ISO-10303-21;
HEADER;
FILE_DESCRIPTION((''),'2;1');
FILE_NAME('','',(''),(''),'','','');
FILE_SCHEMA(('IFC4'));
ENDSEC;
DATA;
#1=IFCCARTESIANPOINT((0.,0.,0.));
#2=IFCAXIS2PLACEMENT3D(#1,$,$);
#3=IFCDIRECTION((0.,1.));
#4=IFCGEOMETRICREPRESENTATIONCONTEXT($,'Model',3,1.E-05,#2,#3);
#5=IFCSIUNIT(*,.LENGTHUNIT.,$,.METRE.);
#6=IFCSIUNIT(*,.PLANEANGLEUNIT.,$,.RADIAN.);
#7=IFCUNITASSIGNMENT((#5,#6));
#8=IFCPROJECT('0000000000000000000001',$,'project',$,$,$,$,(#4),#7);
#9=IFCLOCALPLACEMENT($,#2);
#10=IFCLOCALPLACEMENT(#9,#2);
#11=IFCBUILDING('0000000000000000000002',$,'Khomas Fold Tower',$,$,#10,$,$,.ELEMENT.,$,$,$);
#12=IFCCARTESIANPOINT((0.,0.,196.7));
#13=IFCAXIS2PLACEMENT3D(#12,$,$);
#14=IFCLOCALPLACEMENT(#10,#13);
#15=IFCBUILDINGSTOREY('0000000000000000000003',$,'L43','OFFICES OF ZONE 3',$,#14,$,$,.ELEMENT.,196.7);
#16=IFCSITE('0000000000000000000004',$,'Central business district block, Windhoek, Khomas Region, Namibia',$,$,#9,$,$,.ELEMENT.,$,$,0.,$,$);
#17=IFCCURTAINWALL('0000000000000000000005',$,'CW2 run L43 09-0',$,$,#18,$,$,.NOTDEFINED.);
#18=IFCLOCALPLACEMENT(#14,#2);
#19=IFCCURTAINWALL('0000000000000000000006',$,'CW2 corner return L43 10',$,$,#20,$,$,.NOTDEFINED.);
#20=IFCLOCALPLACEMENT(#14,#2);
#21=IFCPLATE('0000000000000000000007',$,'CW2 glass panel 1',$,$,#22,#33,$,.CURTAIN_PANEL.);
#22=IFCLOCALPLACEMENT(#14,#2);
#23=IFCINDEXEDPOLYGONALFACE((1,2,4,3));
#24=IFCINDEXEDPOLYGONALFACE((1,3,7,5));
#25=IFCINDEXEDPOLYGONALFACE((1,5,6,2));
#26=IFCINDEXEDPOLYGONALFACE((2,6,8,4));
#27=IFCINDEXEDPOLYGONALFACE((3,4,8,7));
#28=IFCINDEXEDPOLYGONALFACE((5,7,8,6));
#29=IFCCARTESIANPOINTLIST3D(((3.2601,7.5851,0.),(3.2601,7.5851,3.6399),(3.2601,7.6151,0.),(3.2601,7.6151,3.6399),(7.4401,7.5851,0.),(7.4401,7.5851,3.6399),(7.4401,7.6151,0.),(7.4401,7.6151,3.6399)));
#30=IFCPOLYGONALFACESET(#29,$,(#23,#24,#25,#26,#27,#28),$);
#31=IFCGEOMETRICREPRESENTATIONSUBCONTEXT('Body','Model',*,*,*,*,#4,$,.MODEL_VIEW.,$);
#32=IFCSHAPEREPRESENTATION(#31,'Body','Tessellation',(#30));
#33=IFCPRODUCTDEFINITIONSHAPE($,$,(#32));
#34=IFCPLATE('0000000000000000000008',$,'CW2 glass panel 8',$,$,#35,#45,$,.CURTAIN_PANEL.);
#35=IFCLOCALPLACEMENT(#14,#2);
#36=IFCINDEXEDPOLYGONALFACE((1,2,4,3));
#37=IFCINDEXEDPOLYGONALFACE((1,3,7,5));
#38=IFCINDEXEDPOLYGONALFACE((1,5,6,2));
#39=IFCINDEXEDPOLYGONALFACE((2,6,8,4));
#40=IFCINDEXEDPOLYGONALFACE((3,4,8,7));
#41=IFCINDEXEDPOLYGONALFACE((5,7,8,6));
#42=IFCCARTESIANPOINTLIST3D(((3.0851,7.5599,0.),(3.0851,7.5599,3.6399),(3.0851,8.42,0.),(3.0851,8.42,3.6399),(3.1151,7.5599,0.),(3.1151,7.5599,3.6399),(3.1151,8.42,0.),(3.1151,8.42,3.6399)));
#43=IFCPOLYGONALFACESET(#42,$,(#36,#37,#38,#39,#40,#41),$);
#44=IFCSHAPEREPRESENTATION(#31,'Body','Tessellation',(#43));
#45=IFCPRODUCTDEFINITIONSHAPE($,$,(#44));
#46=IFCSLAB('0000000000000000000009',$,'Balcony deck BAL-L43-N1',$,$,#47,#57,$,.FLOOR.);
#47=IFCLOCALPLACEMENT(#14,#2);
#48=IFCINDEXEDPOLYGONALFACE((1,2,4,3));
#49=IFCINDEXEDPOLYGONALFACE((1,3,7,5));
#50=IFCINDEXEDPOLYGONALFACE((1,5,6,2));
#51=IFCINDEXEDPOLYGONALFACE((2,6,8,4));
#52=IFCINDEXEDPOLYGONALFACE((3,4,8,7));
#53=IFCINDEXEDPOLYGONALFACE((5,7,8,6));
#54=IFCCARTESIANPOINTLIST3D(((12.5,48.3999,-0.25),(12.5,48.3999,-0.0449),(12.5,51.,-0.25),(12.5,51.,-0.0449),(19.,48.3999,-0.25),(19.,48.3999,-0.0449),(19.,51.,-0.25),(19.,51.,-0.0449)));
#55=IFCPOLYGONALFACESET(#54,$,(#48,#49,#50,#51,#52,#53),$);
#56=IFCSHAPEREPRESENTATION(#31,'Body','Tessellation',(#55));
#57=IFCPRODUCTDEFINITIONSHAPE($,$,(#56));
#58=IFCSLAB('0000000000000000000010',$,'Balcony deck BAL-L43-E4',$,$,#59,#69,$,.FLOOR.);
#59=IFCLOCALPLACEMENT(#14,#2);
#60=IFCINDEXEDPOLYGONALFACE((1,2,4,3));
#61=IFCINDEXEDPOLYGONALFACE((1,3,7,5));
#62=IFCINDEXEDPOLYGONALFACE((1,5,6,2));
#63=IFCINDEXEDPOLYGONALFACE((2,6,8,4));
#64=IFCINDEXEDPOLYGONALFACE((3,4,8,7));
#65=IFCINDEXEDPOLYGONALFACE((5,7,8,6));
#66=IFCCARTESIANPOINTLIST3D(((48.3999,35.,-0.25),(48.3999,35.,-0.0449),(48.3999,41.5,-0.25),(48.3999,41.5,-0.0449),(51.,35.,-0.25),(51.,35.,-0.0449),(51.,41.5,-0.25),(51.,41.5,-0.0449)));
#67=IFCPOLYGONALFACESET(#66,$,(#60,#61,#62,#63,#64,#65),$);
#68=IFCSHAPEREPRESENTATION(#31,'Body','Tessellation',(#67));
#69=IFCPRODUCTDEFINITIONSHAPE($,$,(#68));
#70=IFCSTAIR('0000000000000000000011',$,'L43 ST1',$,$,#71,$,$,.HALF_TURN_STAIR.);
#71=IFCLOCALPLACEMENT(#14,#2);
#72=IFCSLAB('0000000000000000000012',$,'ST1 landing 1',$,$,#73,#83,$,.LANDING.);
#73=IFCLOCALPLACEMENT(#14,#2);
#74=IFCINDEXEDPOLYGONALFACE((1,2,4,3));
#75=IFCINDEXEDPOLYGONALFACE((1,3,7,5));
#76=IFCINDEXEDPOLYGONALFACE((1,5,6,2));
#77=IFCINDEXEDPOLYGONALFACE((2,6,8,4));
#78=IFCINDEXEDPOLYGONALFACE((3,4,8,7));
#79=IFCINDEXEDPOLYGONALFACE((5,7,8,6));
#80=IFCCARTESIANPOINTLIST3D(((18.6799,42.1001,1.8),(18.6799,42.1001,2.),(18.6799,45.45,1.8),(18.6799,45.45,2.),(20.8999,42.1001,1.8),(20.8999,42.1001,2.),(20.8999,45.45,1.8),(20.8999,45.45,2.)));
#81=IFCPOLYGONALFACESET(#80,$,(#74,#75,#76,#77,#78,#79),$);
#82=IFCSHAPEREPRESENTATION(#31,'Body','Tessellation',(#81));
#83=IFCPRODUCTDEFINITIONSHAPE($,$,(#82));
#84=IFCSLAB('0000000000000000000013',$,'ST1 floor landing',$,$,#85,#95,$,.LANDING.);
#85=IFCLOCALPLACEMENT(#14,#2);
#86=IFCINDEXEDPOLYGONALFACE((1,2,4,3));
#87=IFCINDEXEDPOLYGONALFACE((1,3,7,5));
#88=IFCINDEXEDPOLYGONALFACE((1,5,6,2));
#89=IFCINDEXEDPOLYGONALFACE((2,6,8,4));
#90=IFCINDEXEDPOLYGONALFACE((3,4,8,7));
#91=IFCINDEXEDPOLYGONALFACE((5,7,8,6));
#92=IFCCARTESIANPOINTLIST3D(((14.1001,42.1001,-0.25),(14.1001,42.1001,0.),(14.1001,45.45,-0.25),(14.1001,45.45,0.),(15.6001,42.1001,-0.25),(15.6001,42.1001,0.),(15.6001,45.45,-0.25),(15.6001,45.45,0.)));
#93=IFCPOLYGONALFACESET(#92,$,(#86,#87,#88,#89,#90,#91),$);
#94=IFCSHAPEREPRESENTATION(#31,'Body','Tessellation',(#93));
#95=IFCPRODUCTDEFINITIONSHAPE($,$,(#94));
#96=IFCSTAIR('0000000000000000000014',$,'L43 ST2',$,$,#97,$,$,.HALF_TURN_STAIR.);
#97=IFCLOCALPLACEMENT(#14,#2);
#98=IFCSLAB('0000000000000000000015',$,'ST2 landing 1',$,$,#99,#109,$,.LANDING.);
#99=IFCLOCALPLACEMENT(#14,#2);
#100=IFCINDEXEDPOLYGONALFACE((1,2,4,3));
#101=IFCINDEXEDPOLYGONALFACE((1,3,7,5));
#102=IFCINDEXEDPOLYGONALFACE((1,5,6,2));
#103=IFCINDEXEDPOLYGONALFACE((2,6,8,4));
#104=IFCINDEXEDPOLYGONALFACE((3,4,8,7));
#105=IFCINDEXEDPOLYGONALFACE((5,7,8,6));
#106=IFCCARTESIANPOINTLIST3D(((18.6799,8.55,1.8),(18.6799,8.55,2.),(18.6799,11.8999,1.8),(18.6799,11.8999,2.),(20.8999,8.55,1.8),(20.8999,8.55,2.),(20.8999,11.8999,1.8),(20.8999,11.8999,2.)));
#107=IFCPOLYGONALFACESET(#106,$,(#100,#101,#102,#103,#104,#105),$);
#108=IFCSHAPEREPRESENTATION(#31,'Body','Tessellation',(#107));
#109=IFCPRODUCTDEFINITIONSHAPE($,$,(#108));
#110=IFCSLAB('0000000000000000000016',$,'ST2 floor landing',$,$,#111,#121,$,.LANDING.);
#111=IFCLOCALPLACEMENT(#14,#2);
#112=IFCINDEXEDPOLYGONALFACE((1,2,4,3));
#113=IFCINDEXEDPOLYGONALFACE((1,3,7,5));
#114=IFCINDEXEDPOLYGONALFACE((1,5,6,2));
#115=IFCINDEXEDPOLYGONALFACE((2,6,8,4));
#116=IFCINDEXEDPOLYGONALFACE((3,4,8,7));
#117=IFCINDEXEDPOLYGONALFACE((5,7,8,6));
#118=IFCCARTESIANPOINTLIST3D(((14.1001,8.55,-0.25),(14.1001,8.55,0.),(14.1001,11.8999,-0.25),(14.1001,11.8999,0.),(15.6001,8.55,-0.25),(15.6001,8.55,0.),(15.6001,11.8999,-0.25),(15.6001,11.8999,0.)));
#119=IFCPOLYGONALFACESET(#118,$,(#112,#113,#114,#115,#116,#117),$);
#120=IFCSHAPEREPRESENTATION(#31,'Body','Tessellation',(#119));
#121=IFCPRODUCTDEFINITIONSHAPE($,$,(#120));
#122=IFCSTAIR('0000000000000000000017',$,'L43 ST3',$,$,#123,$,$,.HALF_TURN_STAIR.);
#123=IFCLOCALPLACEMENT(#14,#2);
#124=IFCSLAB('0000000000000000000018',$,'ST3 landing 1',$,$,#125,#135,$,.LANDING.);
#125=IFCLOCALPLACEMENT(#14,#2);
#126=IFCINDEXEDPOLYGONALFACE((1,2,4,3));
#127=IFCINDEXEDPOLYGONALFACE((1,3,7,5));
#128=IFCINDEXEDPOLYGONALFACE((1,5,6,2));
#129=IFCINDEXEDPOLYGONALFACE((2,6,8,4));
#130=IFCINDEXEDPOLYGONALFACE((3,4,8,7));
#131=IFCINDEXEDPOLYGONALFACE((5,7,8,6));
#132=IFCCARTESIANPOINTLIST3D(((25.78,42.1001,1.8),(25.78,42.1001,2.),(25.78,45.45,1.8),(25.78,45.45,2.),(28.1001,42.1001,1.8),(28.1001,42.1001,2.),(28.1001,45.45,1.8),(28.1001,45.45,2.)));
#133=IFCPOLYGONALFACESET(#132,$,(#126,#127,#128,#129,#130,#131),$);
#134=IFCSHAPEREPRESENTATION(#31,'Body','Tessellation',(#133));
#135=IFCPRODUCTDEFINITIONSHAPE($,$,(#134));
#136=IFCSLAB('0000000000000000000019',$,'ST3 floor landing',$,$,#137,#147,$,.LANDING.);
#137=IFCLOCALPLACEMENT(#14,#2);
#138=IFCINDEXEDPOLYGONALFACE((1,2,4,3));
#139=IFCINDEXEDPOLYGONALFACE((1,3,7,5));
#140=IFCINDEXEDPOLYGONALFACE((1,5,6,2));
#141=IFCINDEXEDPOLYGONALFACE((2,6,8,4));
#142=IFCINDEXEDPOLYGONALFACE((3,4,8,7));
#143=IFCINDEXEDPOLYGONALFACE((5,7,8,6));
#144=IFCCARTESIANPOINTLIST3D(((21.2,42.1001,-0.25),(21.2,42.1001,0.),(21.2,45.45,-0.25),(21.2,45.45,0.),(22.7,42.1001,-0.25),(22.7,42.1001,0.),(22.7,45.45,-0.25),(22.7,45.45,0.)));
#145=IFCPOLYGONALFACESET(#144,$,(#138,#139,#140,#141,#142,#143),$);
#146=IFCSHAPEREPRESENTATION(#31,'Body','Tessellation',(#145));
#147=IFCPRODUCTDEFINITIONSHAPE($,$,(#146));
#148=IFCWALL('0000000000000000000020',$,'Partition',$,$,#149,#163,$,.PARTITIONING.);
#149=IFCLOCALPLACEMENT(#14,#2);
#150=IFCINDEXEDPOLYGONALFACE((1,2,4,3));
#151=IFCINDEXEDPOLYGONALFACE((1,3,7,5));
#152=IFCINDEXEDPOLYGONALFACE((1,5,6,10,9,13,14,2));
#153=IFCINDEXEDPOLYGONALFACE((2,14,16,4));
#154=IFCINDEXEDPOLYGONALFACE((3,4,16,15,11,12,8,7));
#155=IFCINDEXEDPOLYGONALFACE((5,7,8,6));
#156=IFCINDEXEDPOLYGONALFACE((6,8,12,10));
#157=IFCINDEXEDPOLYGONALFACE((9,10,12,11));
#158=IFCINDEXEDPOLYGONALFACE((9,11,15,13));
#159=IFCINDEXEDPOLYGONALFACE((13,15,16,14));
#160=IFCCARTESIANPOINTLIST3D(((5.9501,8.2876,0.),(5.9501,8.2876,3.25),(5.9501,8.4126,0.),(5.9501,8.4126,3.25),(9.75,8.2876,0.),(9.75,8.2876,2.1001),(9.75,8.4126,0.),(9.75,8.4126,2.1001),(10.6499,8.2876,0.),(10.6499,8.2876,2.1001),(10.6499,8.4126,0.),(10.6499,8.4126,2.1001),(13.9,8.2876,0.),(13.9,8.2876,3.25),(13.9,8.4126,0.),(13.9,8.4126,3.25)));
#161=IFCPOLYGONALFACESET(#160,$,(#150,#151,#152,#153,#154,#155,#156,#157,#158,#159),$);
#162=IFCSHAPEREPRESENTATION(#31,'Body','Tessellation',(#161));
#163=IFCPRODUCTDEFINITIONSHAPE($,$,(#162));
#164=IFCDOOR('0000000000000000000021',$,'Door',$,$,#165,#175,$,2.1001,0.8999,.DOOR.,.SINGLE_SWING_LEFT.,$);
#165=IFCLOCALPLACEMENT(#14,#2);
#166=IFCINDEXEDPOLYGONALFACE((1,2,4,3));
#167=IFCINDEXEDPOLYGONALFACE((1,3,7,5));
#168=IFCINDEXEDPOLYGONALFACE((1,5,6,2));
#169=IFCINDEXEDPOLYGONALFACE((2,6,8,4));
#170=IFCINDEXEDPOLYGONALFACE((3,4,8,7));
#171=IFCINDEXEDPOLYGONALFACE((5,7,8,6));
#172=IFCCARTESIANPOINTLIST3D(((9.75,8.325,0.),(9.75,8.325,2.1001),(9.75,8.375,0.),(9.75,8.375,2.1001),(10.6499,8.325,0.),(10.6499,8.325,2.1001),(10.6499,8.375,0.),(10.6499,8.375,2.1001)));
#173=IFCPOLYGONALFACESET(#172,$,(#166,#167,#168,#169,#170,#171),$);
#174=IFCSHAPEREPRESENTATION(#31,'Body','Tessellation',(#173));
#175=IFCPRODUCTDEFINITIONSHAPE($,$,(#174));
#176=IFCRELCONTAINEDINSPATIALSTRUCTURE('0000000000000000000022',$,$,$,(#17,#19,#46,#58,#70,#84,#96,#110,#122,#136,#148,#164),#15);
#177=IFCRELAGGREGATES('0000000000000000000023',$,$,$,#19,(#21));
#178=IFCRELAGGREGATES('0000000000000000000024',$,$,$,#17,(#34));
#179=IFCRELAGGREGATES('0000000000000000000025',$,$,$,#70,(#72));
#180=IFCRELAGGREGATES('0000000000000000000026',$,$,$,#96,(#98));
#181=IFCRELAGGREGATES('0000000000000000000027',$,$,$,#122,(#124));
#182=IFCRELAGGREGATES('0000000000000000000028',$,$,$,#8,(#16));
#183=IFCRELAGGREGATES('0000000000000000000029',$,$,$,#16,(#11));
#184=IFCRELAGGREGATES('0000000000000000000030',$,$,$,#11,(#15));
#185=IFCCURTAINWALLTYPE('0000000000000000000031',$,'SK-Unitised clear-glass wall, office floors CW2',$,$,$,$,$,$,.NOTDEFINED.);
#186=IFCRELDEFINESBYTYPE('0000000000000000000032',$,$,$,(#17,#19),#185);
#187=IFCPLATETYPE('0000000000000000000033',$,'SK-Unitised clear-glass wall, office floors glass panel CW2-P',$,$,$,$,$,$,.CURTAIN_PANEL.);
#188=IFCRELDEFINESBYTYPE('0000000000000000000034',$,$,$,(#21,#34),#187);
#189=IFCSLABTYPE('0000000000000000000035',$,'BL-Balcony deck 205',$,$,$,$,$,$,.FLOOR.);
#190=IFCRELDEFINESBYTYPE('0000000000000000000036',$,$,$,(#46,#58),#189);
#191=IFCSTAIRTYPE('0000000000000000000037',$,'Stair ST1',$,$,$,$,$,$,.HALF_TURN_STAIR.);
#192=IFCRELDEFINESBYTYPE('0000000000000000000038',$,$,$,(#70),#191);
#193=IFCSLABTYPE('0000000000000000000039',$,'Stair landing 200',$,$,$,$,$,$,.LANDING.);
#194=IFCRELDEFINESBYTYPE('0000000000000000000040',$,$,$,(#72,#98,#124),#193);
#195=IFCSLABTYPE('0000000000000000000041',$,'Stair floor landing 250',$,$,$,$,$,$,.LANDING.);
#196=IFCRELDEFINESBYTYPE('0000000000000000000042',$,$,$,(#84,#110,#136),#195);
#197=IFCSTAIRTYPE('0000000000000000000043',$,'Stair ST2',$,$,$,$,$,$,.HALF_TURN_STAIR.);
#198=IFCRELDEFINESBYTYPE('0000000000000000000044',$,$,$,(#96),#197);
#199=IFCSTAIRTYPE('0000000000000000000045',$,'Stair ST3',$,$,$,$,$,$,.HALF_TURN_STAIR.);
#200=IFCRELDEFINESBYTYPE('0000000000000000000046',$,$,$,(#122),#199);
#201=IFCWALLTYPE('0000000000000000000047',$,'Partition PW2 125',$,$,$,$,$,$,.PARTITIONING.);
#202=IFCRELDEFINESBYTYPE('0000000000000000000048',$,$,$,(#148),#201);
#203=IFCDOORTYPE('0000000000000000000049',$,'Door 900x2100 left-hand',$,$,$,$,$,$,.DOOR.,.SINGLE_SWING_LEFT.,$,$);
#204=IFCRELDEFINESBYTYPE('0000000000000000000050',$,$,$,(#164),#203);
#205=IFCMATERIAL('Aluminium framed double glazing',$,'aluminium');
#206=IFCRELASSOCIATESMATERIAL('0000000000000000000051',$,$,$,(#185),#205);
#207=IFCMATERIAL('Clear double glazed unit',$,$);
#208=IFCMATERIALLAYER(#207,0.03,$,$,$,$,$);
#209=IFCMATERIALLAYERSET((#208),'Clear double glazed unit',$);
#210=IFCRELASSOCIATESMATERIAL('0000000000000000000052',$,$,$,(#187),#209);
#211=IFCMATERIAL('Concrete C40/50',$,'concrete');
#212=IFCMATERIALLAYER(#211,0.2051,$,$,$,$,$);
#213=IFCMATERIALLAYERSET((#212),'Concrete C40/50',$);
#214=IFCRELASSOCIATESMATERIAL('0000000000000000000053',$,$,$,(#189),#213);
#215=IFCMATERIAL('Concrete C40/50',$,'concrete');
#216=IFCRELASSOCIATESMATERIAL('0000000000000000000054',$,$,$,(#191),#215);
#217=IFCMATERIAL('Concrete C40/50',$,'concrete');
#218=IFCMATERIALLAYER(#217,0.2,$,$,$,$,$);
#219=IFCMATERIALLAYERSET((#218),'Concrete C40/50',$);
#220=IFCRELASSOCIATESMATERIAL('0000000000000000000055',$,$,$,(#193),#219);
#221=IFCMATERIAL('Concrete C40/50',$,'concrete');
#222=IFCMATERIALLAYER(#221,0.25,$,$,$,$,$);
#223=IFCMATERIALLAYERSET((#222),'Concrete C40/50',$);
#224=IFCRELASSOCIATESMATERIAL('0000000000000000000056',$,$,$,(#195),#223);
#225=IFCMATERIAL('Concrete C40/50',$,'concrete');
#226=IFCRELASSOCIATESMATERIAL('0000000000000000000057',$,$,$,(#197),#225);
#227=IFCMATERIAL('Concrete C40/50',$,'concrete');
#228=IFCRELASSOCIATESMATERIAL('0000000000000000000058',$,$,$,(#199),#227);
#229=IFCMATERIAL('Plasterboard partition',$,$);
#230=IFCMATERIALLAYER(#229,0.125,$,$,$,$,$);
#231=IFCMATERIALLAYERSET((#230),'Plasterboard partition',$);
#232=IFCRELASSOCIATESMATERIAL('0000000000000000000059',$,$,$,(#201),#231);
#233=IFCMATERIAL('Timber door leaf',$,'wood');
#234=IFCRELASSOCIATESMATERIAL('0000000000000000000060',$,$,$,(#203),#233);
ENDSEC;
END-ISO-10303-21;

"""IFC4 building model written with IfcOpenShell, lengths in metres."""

from ifc_helpers import new_model, si_unit, direction, frame, frame_2d, origin, origin_2d, place, context, subcontext, project, spatial, polyline, rectangle, outline, extrude, source, transform, mapped, material, layer, layer_set, type_object, element, fill, aggregate, save


model = new_model("IFC4")

# Units and contexts
model_context = context("Model", 3, precision=1e-05, world=origin(), true_north=direction((0.0, 1.0)))
body_context = subcontext(model_context, "Body", "Model", "MODEL_VIEW")
ifc_project = project(units=[si_unit("LENGTHUNIT", "METRE"), si_unit("PLANEANGLEUNIT", "RADIAN")], contexts=[model_context])

# Site, building, storey
site_placement = place(None, origin())
site = spatial("IfcSite", under=ifc_project, at=site_placement, Name="Central business district block, Windhoek, Khomas Region, Namibia", CompositionType="ELEMENT", RefElevation=0.0)
building_placement = place(site_placement, origin())
building = spatial("IfcBuilding", under=site, at=building_placement, Name="Khomas Fold Tower", CompositionType="ELEMENT")
storey_placement = place(building_placement, frame((0.0, 0.0, 196.7)))
storey = spatial("IfcBuildingStorey", under=building, at=storey_placement, Name="L43", Description="OFFICES OF ZONE 3", CompositionType="ELEMENT", Elevation=196.7)

# Curtain walls
ifc_material_1 = material(Name="Aluminium framed double glazing", Category="aluminium")
curtain_wall_type = type_object("IfcCurtainWallType", Name="SK-Unitised clear-glass wall, office floors CW2", PredefinedType="NOTDEFINED", material=ifc_material_1)
curtain_wall_1_placement = place(storey_placement, origin())
curtain_wall_1 = element("IfcCurtainWall", 1, at=curtain_wall_1_placement, inside=storey, type_object=curtain_wall_type, Name="CW2 run L43 09-0", PredefinedType="NOTDEFINED")
curtain_wall_2_placement = place(storey_placement, origin())
curtain_wall_2 = element("IfcCurtainWall", 2, at=curtain_wall_2_placement, inside=storey, type_object=curtain_wall_type, Name="CW2 corner return L43 10", PredefinedType="NOTDEFINED")

# Plates
ifc_material_2 = material(Name="Clear double glazed unit")
ifc_layer_1 = layer(ifc_material_2, 0.03)
ifc_layer_set_1 = layer_set([ifc_layer_1], Name="Clear double glazed unit")
plate_type = type_object("IfcPlateType", Name="SK-Unitised clear-glass wall, office floors glass panel CW2-P", PredefinedType="CURTAIN_PANEL", material=ifc_layer_set_1)
shared_shape_1 = source(origin(), body_context, "Body", "SweptSolid", [
    extrude(rectangle(XDim=4.1799, YDim=0.03, at=origin_2d()), origin(), (0.0, 0.0, 1.0), 3.6399),
])
plate_1_placement = place(storey_placement, frame((5.3501, 7.6001, 0.0), z_axis=(0.0, 0.0, 1.0), x_axis=(1.0, 0.0, 0.0)))
plate_1 = element("IfcPlate", 3, at=plate_1_placement, type_object=plate_type, Name="CW2 glass panel 1", PredefinedType="CURTAIN_PANEL", context=body_context, shape_type="MappedRepresentation", body=[
    mapped(shared_shape_1, transform((0.0, 0.0, 0.0))),
])
aggregate(curtain_wall_2, [plate_1])
shared_shape_2 = source(origin(), body_context, "Body", "SweptSolid", [
    extrude(rectangle(XDim=0.8601, YDim=0.03, at=origin_2d()), origin(), (0.0, 0.0, 1.0), 3.6399),
])
plate_2_placement = place(storey_placement, frame((3.1001, 7.99, 0.0), z_axis=(0.0, 0.0, 1.0), x_axis=(0.0, -1.0, 0.0)))
plate_2 = element("IfcPlate", 4, at=plate_2_placement, type_object=plate_type, Name="CW2 glass panel 8", PredefinedType="CURTAIN_PANEL", context=body_context, shape_type="MappedRepresentation", body=[
    mapped(shared_shape_2, transform((0.0, 0.0, 0.0))),
])
aggregate(curtain_wall_1, [plate_2])

# Slabs
ifc_material_3 = material(Name="Concrete C40/50", Category="concrete")
ifc_layer_2 = layer(ifc_material_3, 0.2051)
ifc_layer_set_2 = layer_set([ifc_layer_2], Name="Concrete C40/50")
slab_type_1 = type_object("IfcSlabType", Name="BL-Balcony deck 205", PredefinedType="FLOOR", material=ifc_layer_set_2)
shared_shape_3 = source(origin(), body_context, "Body", "SweptSolid", [
    extrude(outline(polyline([(12.5, 48.3999), (19.0, 48.3999), (19.0, 51.0), (12.5, 51.0), (12.5, 48.3999)])), origin(), (0.0, 0.0, 1.0), 0.2051),
])
slab_1_placement = place(storey_placement, frame((0.0, 0.0, -0.25)))
element("IfcSlab", 5, at=slab_1_placement, inside=storey, type_object=slab_type_1, Name="Balcony deck BAL-L43-N1", PredefinedType="FLOOR", context=body_context, shape_type="MappedRepresentation", body=[
    mapped(shared_shape_3, transform((0.0, 0.0, 0.0))),
])
shared_shape_4 = source(origin(), body_context, "Body", "SweptSolid", [
    extrude(outline(polyline([(48.3999, 35.0), (51.0, 35.0), (51.0, 41.5), (48.3999, 41.5), (48.3999, 35.0)])), origin(), (0.0, 0.0, 1.0), 0.2051),
])
slab_2_placement = place(storey_placement, frame((0.0, 0.0, -0.25)))
element("IfcSlab", 6, at=slab_2_placement, inside=storey, type_object=slab_type_1, Name="Balcony deck BAL-L43-E4", PredefinedType="FLOOR", context=body_context, shape_type="MappedRepresentation", body=[
    mapped(shared_shape_4, transform((0.0, 0.0, 0.0))),
])

# Stair, slab
ifc_material_4 = material(Name="Concrete C40/50", Category="concrete")
stair_type_1 = type_object("IfcStairType", Name="Stair ST1", PredefinedType="HALF_TURN_STAIR", material=ifc_material_4)
stair_1_placement = place(storey_placement, origin())
stair_1 = element("IfcStair", 7, at=stair_1_placement, inside=storey, type_object=stair_type_1, Name="L43 ST1", PredefinedType="HALF_TURN_STAIR")
ifc_material_5 = material(Name="Concrete C40/50", Category="concrete")
ifc_layer_3 = layer(ifc_material_5, 0.2)
ifc_layer_set_3 = layer_set([ifc_layer_3], Name="Concrete C40/50")
slab_type_2 = type_object("IfcSlabType", Name="Stair landing 200", PredefinedType="LANDING", material=ifc_layer_set_3)
shared_shape_5 = source(origin(), body_context, "Body", "SweptSolid", [
    extrude(outline(polyline([(18.6799, 42.1001), (20.8999, 42.1001), (20.8999, 45.45), (18.6799, 45.45), (18.6799, 42.1001)])), origin(), (0.0, 0.0, 1.0), 0.2),
])
slab_3_placement = place(storey_placement, frame((0.0, 0.0, 1.8)))
slab_3 = element("IfcSlab", 8, at=slab_3_placement, type_object=slab_type_2, Name="ST1 landing 1", PredefinedType="LANDING", context=body_context, shape_type="MappedRepresentation", body=[
    mapped(shared_shape_5, transform((0.0, 0.0, 0.0))),
])
aggregate(stair_1, [slab_3])

# Slab
ifc_material_6 = material(Name="Concrete C40/50", Category="concrete")
ifc_layer_4 = layer(ifc_material_6, 0.25)
ifc_layer_set_4 = layer_set([ifc_layer_4], Name="Concrete C40/50")
slab_type_3 = type_object("IfcSlabType", Name="Stair floor landing 250", PredefinedType="LANDING", material=ifc_layer_set_4)
shared_shape_6 = source(origin(), body_context, "Body", "SweptSolid", [
    extrude(outline(polyline([(15.6001, 42.1001), (14.1001, 42.1001), (14.1001, 45.45), (15.6001, 45.45), (15.6001, 42.1001)])), origin(), (0.0, 0.0, 1.0), 0.25),
])
slab_4_placement = place(storey_placement, frame((0.0, 0.0, -0.25)))
element("IfcSlab", 9, at=slab_4_placement, inside=storey, type_object=slab_type_3, Name="ST1 floor landing", PredefinedType="LANDING", context=body_context, shape_type="MappedRepresentation", body=[
    mapped(shared_shape_6, transform((0.0, 0.0, 0.0))),
])

# Stair, slab
ifc_material_7 = material(Name="Concrete C40/50", Category="concrete")
stair_type_2 = type_object("IfcStairType", Name="Stair ST2", PredefinedType="HALF_TURN_STAIR", material=ifc_material_7)
stair_2_placement = place(storey_placement, origin())
stair_2 = element("IfcStair", 10, at=stair_2_placement, inside=storey, type_object=stair_type_2, Name="L43 ST2", PredefinedType="HALF_TURN_STAIR")
shared_shape_7 = source(origin(), body_context, "Body", "SweptSolid", [
    extrude(outline(polyline([(18.6799, 8.55), (20.8999, 8.55), (20.8999, 11.8999), (18.6799, 11.8999), (18.6799, 8.55)])), origin(), (0.0, 0.0, 1.0), 0.2),
])
slab_5_placement = place(storey_placement, frame((0.0, 0.0, 1.8)))
slab_5 = element("IfcSlab", 11, at=slab_5_placement, type_object=slab_type_2, Name="ST2 landing 1", PredefinedType="LANDING", context=body_context, shape_type="MappedRepresentation", body=[
    mapped(shared_shape_7, transform((0.0, 0.0, 0.0))),
])
aggregate(stair_2, [slab_5])

# Slab
shared_shape_8 = source(origin(), body_context, "Body", "SweptSolid", [
    extrude(outline(polyline([(15.6001, 8.55), (14.1001, 8.55), (14.1001, 11.8999), (15.6001, 11.8999), (15.6001, 8.55)])), origin(), (0.0, 0.0, 1.0), 0.25),
])
slab_6_placement = place(storey_placement, frame((0.0, 0.0, -0.25)))
element("IfcSlab", 12, at=slab_6_placement, inside=storey, type_object=slab_type_3, Name="ST2 floor landing", PredefinedType="LANDING", context=body_context, shape_type="MappedRepresentation", body=[
    mapped(shared_shape_8, transform((0.0, 0.0, 0.0))),
])

# Stair, slab
ifc_material_8 = material(Name="Concrete C40/50", Category="concrete")
stair_type_3 = type_object("IfcStairType", Name="Stair ST3", PredefinedType="HALF_TURN_STAIR", material=ifc_material_8)
stair_3_placement = place(storey_placement, origin())
stair_3 = element("IfcStair", 13, at=stair_3_placement, inside=storey, type_object=stair_type_3, Name="L43 ST3", PredefinedType="HALF_TURN_STAIR")
shared_shape_9 = source(origin(), body_context, "Body", "SweptSolid", [
    extrude(outline(polyline([(25.78, 42.1001), (28.1001, 42.1001), (28.1001, 45.45), (25.78, 45.45), (25.78, 42.1001)])), origin(), (0.0, 0.0, 1.0), 0.2),
])
slab_7_placement = place(storey_placement, frame((0.0, 0.0, 1.8)))
slab_7 = element("IfcSlab", 14, at=slab_7_placement, type_object=slab_type_2, Name="ST3 landing 1", PredefinedType="LANDING", context=body_context, shape_type="MappedRepresentation", body=[
    mapped(shared_shape_9, transform((0.0, 0.0, 0.0))),
])
aggregate(stair_3, [slab_7])

# Slab
shared_shape_10 = source(origin(), body_context, "Body", "SweptSolid", [
    extrude(outline(polyline([(22.7, 42.1001), (21.2, 42.1001), (21.2, 45.45), (22.7, 45.45), (22.7, 42.1001)])), origin(), (0.0, 0.0, 1.0), 0.25),
])
slab_8_placement = place(storey_placement, frame((0.0, 0.0, -0.25)))
element("IfcSlab", 15, at=slab_8_placement, inside=storey, type_object=slab_type_3, Name="ST3 floor landing", PredefinedType="LANDING", context=body_context, shape_type="MappedRepresentation", body=[
    mapped(shared_shape_10, transform((0.0, 0.0, 0.0))),
])

# Wall, opening, door
ifc_material_9 = material(Name="Plasterboard partition")
ifc_layer_5 = layer(ifc_material_9, 0.125)
ifc_layer_set_5 = layer_set([ifc_layer_5], Name="Plasterboard partition")
wall_type = type_object("IfcWallType", Name="Partition PW2 125", PredefinedType="PARTITIONING", material=ifc_layer_set_5)
shared_shape_11 = source(origin(), body_context, "Body", "SweptSolid", [
    extrude(rectangle(XDim=7.95, YDim=0.125, at=frame_2d((3.9751, 0.0))), origin(), (0.0, 0.0, 1.0), 3.25),
])
wall_placement = place(storey_placement, frame((5.95, 8.3501, 0.0), z_axis=(0.0, 0.0, 1.0), x_axis=(1.0, 0.0, 0.0)))
wall = element("IfcWall", 16, at=wall_placement, inside=storey, type_object=wall_type, Name="Partition", PredefinedType="PARTITIONING", context=body_context, shape_type="MappedRepresentation", body=[
    mapped(shared_shape_11, transform((0.0, 0.0, 0.0))),
])
shared_shape_12 = source(origin(), body_context, "Body", "SweptSolid", [
    extrude(rectangle(XDim=0.8999, YDim=2.1001, at=frame_2d((0.45, 1.05))), frame((0.0, 0.0725, 0.0), z_axis=(0.0, -1.0, 0.0), x_axis=(1.0, 0.0, 0.0)), (0.0, 0.0, 1.0), 0.145),
])
opening_placement = place(wall_placement, frame((3.8, 0.0, 0.0)))
opening = element("IfcOpeningElement", 17, at=opening_placement, cuts=wall, PredefinedType="OPENING", context=body_context, shape_type="MappedRepresentation", body=[
    mapped(shared_shape_12, transform((0.0, 0.0, 0.0))),
])
ifc_material_10 = material(Name="Timber door leaf", Category="wood")
door_type = type_object("IfcDoorType", Name="Door 900x2100 left-hand", OperationType="SINGLE_SWING_LEFT", PredefinedType="DOOR", material=ifc_material_10)
shared_shape_13 = source(origin(), body_context, "Body", "SweptSolid", [
    extrude(rectangle(XDim=0.8999, YDim=2.1001, at=frame_2d((0.45, 1.05))), frame((0.0, 0.0249, 0.0), z_axis=(0.0, -1.0, 0.0), x_axis=(1.0, 0.0, 0.0)), (0.0, 0.0, 1.0), 0.05),
])
door_placement = place(opening_placement, origin())
door = element("IfcDoor", 18, at=door_placement, inside=storey, type_object=door_type, Name="Door", OperationType="SINGLE_SWING_LEFT", OverallHeight=2.1001, OverallWidth=0.8999, PredefinedType="DOOR", context=body_context, shape_type="MappedRepresentation", body=[
    mapped(shared_shape_13, transform((0.0, 0.0, 0.0))),
])
fill(opening, door)

save(model, "model.ifc")
